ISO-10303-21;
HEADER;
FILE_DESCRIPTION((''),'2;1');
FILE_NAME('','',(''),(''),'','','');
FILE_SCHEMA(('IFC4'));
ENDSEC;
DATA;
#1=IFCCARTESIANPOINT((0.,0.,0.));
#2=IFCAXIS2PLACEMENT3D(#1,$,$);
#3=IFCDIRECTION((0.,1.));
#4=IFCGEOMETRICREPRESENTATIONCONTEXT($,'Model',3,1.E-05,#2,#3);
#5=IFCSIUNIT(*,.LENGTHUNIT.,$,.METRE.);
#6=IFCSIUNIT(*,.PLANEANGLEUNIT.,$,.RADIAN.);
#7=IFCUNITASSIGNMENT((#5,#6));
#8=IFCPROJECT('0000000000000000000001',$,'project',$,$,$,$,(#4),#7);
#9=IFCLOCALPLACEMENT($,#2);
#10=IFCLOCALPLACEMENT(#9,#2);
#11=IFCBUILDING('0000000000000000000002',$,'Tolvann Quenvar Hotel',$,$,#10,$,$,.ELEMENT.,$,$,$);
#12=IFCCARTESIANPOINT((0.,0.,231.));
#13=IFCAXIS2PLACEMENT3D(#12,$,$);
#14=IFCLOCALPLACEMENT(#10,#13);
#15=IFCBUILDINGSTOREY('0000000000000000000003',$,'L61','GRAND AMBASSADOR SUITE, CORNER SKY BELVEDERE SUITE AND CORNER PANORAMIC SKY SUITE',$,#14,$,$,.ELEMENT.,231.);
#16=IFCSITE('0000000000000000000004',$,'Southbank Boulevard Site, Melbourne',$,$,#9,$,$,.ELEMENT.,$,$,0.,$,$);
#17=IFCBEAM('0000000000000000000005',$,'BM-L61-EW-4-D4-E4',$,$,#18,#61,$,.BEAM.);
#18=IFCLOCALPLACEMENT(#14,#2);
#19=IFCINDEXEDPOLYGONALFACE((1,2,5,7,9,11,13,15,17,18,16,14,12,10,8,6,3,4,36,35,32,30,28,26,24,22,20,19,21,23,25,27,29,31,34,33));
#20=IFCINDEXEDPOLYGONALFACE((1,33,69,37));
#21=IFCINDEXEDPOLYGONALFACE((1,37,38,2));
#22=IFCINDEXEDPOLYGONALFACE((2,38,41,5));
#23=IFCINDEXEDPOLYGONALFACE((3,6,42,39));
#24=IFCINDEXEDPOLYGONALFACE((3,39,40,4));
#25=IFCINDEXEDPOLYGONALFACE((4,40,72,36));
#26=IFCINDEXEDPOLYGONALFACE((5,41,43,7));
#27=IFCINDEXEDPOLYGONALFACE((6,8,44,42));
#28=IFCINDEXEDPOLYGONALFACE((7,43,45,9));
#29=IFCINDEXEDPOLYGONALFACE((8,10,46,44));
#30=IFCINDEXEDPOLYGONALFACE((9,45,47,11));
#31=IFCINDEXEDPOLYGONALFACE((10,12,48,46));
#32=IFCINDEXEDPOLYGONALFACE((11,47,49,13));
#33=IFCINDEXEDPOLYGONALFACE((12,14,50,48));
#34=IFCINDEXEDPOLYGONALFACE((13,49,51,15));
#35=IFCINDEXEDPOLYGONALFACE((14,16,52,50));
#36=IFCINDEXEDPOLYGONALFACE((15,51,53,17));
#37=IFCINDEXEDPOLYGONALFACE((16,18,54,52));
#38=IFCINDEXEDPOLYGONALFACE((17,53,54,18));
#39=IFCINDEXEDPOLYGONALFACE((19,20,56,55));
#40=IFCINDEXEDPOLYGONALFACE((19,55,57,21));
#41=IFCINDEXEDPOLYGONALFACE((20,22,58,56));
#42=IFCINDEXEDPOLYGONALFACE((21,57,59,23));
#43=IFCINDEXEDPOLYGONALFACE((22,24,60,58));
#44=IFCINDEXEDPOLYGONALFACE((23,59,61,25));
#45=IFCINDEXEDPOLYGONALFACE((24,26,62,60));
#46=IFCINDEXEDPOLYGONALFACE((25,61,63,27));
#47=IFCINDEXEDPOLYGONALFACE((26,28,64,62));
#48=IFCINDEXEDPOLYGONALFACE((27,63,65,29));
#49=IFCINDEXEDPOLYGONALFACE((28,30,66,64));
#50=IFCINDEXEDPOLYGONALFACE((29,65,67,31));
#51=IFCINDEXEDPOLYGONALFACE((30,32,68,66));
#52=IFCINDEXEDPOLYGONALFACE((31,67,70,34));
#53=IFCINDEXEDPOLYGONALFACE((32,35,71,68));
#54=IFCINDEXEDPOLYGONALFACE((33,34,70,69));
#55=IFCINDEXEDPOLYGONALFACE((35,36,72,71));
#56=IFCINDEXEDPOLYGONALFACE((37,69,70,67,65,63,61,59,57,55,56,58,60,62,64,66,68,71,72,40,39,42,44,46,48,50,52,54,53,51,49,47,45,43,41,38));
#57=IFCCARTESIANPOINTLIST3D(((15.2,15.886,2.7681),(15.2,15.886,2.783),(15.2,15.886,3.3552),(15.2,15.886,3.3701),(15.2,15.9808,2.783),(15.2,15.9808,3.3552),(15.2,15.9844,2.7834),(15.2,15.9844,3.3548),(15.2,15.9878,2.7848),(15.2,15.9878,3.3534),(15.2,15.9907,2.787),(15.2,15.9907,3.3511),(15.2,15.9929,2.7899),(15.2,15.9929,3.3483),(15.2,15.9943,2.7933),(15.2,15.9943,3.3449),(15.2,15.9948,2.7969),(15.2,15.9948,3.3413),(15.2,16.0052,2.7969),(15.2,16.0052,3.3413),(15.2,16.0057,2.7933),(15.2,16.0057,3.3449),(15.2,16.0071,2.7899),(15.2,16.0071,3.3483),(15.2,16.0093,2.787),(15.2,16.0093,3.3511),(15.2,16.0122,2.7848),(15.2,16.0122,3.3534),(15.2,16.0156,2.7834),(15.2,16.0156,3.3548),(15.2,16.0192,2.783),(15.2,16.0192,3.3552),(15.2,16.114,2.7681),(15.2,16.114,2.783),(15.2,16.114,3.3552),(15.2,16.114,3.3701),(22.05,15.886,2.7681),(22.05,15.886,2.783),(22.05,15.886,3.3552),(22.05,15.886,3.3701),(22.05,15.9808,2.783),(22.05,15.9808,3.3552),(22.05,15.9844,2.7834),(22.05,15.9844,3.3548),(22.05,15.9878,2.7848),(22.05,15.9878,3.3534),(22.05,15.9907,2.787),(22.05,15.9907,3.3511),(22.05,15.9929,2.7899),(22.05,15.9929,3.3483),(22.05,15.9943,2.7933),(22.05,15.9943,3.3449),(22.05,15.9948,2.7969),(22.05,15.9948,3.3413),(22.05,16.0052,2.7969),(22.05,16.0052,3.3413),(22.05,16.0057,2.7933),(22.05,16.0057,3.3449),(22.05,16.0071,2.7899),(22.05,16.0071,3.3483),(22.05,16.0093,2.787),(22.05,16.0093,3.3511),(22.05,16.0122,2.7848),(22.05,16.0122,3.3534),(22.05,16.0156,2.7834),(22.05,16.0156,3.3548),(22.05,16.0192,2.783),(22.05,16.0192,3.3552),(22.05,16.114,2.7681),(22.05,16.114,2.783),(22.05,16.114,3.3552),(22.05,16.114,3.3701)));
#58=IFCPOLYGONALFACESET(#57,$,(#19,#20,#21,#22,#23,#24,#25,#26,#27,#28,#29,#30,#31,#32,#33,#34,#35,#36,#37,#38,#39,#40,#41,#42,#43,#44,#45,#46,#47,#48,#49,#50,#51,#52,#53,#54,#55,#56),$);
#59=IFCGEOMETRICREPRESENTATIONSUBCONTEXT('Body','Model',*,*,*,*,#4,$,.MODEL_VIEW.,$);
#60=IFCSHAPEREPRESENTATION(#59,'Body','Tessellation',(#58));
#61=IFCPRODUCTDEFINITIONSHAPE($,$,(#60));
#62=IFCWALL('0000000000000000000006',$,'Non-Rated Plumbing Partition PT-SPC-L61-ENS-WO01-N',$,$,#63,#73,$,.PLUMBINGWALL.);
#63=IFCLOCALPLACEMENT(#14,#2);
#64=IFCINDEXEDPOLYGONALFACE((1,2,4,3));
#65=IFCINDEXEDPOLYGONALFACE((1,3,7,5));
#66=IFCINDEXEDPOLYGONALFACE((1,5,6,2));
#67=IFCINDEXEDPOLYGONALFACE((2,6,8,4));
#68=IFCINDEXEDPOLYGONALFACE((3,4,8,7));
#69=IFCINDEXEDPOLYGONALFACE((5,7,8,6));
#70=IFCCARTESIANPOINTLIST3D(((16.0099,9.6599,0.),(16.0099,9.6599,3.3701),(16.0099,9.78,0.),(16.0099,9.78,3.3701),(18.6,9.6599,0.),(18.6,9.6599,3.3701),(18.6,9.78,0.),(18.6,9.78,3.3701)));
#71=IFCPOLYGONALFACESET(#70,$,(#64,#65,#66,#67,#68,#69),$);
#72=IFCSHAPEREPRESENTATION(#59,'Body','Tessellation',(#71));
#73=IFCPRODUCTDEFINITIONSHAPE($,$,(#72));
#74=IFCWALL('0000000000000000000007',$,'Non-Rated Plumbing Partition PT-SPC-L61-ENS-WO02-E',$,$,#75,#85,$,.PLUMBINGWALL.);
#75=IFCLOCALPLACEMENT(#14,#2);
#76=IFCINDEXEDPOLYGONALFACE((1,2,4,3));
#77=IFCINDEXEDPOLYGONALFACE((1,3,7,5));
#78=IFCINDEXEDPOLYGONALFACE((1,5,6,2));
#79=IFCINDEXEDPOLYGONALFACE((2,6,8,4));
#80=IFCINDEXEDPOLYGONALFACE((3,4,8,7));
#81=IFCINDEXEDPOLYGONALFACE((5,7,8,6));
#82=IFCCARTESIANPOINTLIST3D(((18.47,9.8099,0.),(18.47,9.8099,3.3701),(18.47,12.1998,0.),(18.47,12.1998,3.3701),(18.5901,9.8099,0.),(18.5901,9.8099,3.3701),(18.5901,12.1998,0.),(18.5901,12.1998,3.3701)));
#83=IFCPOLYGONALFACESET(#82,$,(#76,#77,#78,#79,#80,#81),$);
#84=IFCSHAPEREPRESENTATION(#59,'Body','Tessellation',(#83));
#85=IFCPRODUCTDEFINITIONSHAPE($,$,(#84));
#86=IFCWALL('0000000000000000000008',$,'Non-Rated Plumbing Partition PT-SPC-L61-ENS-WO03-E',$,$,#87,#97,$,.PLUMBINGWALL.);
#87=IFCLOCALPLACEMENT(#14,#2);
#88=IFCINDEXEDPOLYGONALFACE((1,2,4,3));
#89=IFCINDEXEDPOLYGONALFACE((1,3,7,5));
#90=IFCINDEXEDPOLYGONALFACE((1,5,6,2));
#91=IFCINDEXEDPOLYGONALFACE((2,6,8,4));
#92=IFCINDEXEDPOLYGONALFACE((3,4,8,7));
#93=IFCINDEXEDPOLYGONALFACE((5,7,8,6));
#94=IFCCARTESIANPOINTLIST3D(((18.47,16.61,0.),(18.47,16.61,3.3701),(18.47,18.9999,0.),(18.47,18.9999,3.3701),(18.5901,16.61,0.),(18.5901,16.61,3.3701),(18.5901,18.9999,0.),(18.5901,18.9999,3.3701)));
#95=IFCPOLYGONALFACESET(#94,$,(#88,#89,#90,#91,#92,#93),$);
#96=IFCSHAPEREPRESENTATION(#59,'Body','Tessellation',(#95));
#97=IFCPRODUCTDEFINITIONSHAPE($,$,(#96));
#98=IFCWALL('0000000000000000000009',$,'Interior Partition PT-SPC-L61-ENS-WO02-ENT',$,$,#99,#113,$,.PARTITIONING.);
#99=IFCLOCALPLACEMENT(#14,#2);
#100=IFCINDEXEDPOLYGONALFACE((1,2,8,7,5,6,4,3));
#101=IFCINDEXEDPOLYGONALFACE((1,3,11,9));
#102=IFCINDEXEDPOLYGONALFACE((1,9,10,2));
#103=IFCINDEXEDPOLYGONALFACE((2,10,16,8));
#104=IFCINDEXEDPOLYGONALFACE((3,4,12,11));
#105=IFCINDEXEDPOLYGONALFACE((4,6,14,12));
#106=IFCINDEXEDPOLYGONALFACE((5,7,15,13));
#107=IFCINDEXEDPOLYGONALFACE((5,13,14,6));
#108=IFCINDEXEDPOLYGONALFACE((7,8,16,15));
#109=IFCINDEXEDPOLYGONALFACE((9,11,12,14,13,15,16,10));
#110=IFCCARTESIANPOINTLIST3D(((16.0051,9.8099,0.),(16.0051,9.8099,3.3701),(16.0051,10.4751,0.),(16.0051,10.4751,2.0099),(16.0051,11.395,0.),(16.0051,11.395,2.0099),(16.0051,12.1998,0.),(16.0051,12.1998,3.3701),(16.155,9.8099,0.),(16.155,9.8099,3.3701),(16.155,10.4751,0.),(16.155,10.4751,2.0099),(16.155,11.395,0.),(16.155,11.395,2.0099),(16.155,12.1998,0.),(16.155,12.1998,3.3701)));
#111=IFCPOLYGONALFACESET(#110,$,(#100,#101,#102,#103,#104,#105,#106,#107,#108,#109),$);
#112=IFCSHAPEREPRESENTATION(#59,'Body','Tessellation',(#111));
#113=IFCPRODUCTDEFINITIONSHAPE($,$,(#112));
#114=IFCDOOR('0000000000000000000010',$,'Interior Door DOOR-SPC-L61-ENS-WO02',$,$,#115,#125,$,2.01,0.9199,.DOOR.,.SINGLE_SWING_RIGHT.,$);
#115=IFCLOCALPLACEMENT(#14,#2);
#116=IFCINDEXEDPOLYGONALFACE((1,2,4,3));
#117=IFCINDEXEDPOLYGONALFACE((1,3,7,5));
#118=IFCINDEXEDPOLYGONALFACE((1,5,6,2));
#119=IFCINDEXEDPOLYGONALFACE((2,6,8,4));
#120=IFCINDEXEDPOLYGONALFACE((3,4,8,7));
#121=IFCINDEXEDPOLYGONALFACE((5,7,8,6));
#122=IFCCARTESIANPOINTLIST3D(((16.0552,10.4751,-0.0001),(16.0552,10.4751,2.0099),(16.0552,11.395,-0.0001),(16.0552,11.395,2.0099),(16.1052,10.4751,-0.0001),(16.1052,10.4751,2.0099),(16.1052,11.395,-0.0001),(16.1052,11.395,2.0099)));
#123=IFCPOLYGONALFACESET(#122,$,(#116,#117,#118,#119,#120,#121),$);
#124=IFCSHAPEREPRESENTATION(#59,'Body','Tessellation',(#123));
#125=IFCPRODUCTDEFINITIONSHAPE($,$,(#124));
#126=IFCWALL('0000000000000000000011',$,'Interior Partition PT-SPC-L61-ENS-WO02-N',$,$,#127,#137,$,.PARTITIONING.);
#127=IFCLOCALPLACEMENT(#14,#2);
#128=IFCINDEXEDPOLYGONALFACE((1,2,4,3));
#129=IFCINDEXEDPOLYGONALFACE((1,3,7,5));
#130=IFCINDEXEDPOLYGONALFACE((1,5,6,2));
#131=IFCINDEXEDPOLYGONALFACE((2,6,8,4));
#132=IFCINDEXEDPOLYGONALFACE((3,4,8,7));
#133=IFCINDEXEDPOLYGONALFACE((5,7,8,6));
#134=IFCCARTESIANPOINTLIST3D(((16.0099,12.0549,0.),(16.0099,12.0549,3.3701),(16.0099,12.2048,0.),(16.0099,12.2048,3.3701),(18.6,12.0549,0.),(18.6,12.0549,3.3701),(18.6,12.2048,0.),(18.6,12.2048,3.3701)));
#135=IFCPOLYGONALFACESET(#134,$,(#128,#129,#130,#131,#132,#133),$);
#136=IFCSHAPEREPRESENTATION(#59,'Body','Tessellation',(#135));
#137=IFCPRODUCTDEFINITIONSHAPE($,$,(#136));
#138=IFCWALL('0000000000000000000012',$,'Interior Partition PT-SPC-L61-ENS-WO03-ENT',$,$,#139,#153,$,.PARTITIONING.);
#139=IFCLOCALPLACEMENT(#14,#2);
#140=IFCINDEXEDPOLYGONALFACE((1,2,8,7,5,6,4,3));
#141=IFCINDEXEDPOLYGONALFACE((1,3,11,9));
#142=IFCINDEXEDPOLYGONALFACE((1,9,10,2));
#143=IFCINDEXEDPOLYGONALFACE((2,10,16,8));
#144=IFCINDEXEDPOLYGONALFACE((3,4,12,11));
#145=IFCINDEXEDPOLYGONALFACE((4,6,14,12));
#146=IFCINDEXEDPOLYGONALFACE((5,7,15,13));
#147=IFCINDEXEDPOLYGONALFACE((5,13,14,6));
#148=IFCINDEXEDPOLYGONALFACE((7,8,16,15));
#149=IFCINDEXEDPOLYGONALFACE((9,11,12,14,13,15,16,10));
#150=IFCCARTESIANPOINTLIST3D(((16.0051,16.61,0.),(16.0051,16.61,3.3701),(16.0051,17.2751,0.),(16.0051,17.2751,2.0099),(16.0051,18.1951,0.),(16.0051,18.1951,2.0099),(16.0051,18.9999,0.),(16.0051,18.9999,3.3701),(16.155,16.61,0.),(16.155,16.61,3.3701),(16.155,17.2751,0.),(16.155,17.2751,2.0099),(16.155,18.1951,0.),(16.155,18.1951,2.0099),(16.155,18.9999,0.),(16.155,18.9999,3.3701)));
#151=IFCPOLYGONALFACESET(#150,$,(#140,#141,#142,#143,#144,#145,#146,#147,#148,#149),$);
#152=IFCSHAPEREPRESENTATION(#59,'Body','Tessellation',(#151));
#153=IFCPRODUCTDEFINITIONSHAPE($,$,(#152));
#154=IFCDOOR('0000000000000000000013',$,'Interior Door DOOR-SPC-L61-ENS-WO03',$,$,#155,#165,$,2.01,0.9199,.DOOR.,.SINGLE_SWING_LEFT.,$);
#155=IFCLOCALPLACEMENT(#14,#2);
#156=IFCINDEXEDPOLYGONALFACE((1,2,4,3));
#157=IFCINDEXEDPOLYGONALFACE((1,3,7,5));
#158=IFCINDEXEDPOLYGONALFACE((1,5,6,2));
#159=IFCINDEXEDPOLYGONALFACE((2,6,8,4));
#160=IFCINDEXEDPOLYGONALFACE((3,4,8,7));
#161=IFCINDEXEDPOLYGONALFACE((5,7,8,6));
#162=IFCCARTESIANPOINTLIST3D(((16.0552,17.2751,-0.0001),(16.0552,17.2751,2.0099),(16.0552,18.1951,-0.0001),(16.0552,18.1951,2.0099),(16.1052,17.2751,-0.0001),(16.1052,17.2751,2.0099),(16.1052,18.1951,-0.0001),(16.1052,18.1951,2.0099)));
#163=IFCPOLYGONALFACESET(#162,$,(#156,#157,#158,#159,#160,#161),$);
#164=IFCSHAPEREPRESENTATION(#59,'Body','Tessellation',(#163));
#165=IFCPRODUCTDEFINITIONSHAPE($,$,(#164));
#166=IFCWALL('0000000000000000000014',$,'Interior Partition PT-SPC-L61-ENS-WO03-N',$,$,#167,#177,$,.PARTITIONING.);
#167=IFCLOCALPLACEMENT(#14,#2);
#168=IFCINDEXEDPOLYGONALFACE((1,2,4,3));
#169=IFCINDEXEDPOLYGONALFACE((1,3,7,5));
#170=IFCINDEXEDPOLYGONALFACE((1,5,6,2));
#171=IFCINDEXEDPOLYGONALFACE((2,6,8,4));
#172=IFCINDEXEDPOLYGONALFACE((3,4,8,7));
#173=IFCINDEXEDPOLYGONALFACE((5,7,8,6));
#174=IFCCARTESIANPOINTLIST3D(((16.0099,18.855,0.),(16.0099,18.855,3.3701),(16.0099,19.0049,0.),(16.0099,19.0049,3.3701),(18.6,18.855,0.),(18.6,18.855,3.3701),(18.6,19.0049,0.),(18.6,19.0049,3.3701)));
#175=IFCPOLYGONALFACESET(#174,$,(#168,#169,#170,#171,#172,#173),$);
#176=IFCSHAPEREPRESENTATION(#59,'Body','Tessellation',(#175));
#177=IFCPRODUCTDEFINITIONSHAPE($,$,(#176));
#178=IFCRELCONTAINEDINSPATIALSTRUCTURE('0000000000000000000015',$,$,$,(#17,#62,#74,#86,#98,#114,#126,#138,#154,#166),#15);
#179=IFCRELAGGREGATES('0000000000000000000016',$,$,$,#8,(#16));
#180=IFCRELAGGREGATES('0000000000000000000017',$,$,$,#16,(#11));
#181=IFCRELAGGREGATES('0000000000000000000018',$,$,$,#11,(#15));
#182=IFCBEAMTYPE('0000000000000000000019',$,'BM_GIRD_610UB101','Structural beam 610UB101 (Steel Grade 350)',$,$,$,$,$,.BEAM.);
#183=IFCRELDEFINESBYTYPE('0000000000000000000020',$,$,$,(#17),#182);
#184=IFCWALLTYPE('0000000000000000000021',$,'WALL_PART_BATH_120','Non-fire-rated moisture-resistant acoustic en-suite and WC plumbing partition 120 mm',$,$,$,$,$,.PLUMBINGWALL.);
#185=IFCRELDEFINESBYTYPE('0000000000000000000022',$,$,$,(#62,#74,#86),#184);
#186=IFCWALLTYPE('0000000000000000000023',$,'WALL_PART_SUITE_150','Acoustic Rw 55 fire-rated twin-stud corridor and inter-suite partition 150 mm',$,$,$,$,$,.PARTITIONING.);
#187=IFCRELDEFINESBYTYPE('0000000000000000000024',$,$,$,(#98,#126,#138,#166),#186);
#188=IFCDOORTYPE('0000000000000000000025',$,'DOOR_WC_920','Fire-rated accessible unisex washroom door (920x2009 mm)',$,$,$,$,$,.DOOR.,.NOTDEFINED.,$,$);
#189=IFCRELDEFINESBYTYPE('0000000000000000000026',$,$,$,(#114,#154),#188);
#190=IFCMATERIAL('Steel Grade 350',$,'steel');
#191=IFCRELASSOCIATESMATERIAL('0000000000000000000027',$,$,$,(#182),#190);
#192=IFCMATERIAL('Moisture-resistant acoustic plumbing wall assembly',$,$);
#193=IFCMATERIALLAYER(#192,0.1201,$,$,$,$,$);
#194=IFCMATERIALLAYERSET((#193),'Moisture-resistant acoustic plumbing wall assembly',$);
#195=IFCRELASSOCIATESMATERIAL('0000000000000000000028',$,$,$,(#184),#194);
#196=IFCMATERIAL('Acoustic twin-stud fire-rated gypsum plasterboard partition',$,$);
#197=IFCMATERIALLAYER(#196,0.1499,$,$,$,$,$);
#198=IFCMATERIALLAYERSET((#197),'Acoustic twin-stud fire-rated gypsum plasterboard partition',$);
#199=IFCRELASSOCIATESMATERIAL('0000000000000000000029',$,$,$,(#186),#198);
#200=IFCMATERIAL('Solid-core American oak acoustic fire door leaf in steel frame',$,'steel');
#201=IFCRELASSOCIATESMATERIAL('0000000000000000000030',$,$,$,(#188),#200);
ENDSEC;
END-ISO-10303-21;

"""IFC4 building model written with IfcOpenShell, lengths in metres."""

from ifc_helpers import new_model, si_unit, direction, frame, frame_2d, origin, origin_2d, place, context, subcontext, project, spatial, rectangle, i_section, extrude, source, transform, mapped, material, layer, layer_set, material_profile, profile_set, type_object, type_shapes, element, fill, save


model = new_model("IFC4")

# Units and contexts
model_context = context("Model", 3, precision=1e-05, world=origin(), true_north=direction((0.0, 1.0)))
body_context = subcontext(model_context, "Body", "Model", "MODEL_VIEW")
ifc_project = project(units=[si_unit("LENGTHUNIT", "METRE"), si_unit("PLANEANGLEUNIT", "RADIAN")], contexts=[model_context])

# Site, building, storey
site_placement = place(None, origin())
site = spatial("IfcSite", under=ifc_project, at=site_placement, Name="Southbank Boulevard Site, Melbourne", CompositionType="ELEMENT", RefElevation=0.0)
building_placement = place(site_placement, origin())
building = spatial("IfcBuilding", under=site, at=building_placement, Name="Tolvann Quenvar Hotel", CompositionType="ELEMENT")
storey_placement = place(building_placement, frame((0.0, 0.0, 231.0)))
storey = spatial("IfcBuildingStorey", under=building, at=storey_placement, Name="L61", Description="GRAND AMBASSADOR SUITE, CORNER SKY BELVEDERE SUITE AND CORNER PANORAMIC SKY SUITE", CompositionType="ELEMENT", Elevation=231.0)

# Shared definitions
ifc_material_1 = material(Name="Steel Grade 350", Category="steel")

# Beam
ifc_material_profile_1 = material_profile(ifc_material_1, i_section(OverallWidth=0.228, OverallDepth=0.6021, WebThickness=0.0105, FlangeThickness=0.0149, FilletRadius=0.0139, at=origin_2d()), Name="610UB101")
ifc_profile_set_1 = profile_set([ifc_material_profile_1], Name="Steel Grade 350")
beam_type_1 = type_object("IfcBeamType", Name="BM_GIRD_610UB101", Description="Structural beam 610UB101 (Steel Grade 350)", PredefinedType="BEAM", material=ifc_profile_set_1)
shared_shape_1 = source(origin(), body_context, "Body", "SweptSolid", [
    extrude(i_section(OverallWidth=0.228, OverallDepth=0.6021, WebThickness=0.0105, FlangeThickness=0.0149, FilletRadius=0.0139, at=origin_2d()), origin(), (0.0, 0.0, 1.0), 6.8501),
])
type_shapes(beam_type_1, [shared_shape_1])
beam_1_placement = place(storey_placement, frame((15.2, 16.0, 3.0691), z_axis=(1.0, 0.0, 0.0), x_axis=(0.0, 1.0, 0.0)))
element("IfcBeam", 1, at=beam_1_placement, inside=storey, type_object=beam_type_1, Name="BM-L61-EW-4-D4-E4", PredefinedType="BEAM", context=body_context, shape_type="MappedRepresentation", body=[
    mapped(shared_shape_1, transform((0.0, 0.0, 0.0), x_axis=(1.0, 0.0, 0.0), y_axis=(0.0, 1.0, 0.0), z_axis=(0.0, 0.0, 1.0), scale=1.0)),
])

# Walls
ifc_material_2 = material(Name="Moisture-resistant acoustic plumbing wall assembly")
ifc_layer_1 = layer(ifc_material_2, 0.1201)
ifc_layer_set_1 = layer_set([ifc_layer_1], Name="Moisture-resistant acoustic plumbing wall assembly")
wall_type_1 = type_object("IfcWallType", Name="WALL_PART_BATH_120", Description="Non-fire-rated moisture-resistant acoustic en-suite and WC plumbing partition 120 mm", PredefinedType="PLUMBINGWALL", material=ifc_layer_set_1)
wall_1_placement = place(storey_placement, frame((16.01, 9.72, 0.0), z_axis=(0.0, 0.0, 1.0), x_axis=(1.0, 0.0, 0.0)))
element("IfcWall", 2, at=wall_1_placement, inside=storey, type_object=wall_type_1, Name="Non-Rated Plumbing Partition PT-SPC-L61-ENS-WO01-N", PredefinedType="PLUMBINGWALL", context=body_context, shape_type="SweptSolid", body=[
    extrude(rectangle(XDim=2.5901, YDim=0.1201, at=frame_2d((1.2949, 0.0))), origin(), (0.0, 0.0, 1.0), 3.3701),
])
for number, where, z_axis, x_axis, name in (
    (3, (18.53, 9.8101, 0.0), (0.0, 0.0, 1.0), (0.0, 1.0, 0.0), "Non-Rated Plumbing Partition PT-SPC-L61-ENS-WO02-E"),
    (4, (18.53, 16.6101, 0.0), (0.0, 0.0, 1.0), (0.0, 1.0, 0.0), "Non-Rated Plumbing Partition PT-SPC-L61-ENS-WO03-E"),
):
    element("IfcWall", number, at=place(storey_placement, frame(where, z_axis=z_axis, x_axis=x_axis)), inside=storey, type_object=wall_type_1, Name=name, PredefinedType="PLUMBINGWALL", context=body_context, shape_type="SweptSolid", body=[
        extrude(rectangle(XDim=2.3899, YDim=0.1201, at=frame_2d((1.1948, 0.0))), origin(), (0.0, 0.0, 1.0), 3.3701),
    ])

# Wall, opening, door
ifc_material_3 = material(Name="Acoustic twin-stud fire-rated gypsum plasterboard partition")
ifc_layer_2 = layer(ifc_material_3, 0.1499)
ifc_layer_set_2 = layer_set([ifc_layer_2], Name="Acoustic twin-stud fire-rated gypsum plasterboard partition")
wall_type_2 = type_object("IfcWallType", Name="WALL_PART_SUITE_150", Description="Acoustic Rw 55 fire-rated twin-stud corridor and inter-suite partition 150 mm", PredefinedType="PARTITIONING", material=ifc_layer_set_2)
wall_2_placement = place(storey_placement, frame((16.0801, 9.8101, 0.0), z_axis=(0.0, 0.0, 1.0), x_axis=(0.0, 1.0, 0.0)))
wall_2 = element("IfcWall", 5, at=wall_2_placement, inside=storey, type_object=wall_type_2, Name="Interior Partition PT-SPC-L61-ENS-WO02-ENT", PredefinedType="PARTITIONING", context=body_context, shape_type="SweptSolid", body=[
    extrude(rectangle(XDim=2.3899, YDim=0.1499, at=frame_2d((1.1948, 0.0))), origin(), (0.0, 0.0, 1.0), 3.3701),
])
opening_1_placement = place(wall_2_placement, frame((0.665, 0.0, 0.0)))
opening_1 = element("IfcOpeningElement", 6, at=opening_1_placement, cuts=wall_2, PredefinedType="OPENING", context=body_context, shape_type="SweptSolid", body=[
    extrude(rectangle(XDim=0.9199, YDim=2.01, at=frame_2d((0.46, 1.0049))), frame((0.0, 0.085, 0.0), z_axis=(0.0, -1.0, 0.0), x_axis=(1.0, 0.0, 0.0)), (0.0, 0.0, 1.0), 0.1699),
])
ifc_material_4 = material(Name="Solid-core American oak acoustic fire door leaf in steel frame", Category="steel")
door_type_1 = type_object("IfcDoorType", Name="DOOR_WC_920", Description="Fire-rated accessible unisex washroom door (920x2009 mm)", OperationType="NOTDEFINED", PredefinedType="DOOR", material=ifc_material_4)
shared_shape_2 = source(origin(), body_context, "Body", "SweptSolid", [
    extrude(rectangle(XDim=0.9199, YDim=2.01, at=frame_2d((0.46, 1.0049))), frame((0.0, 0.0249, 0.0), z_axis=(0.0, -1.0, 0.0), x_axis=(1.0, 0.0, 0.0)), (0.0, 0.0, 1.0), 0.05),
])
type_shapes(door_type_1, [shared_shape_2])
door_1_placement = place(opening_1_placement, origin())
door_1 = element("IfcDoor", 7, at=door_1_placement, inside=storey, type_object=door_type_1, Name="Interior Door DOOR-SPC-L61-ENS-WO02", OperationType="SINGLE_SWING_RIGHT", OverallHeight=2.01, OverallWidth=0.9199, PredefinedType="DOOR", context=body_context, shape_type="MappedRepresentation", body=[
    mapped(shared_shape_2, transform((0.0, 0.0, 0.0), x_axis=(1.0, 0.0, 0.0), y_axis=(0.0, 1.0, 0.0), z_axis=(0.0, 0.0, 1.0), scale=1.0)),
])
fill(opening_1, door_1)

# Wall
wall_3_placement = place(storey_placement, frame((16.01, 12.1299, 0.0), z_axis=(0.0, 0.0, 1.0), x_axis=(1.0, 0.0, 0.0)))
element("IfcWall", 8, at=wall_3_placement, inside=storey, type_object=wall_type_2, Name="Interior Partition PT-SPC-L61-ENS-WO02-N", PredefinedType="PARTITIONING", context=body_context, shape_type="SweptSolid", body=[
    extrude(rectangle(XDim=2.5901, YDim=0.1499, at=frame_2d((1.2949, 0.0))), origin(), (0.0, 0.0, 1.0), 3.3701),
])

# Wall, opening, door
wall_4_placement = place(storey_placement, frame((16.0801, 16.6101, 0.0), z_axis=(0.0, 0.0, 1.0), x_axis=(0.0, 1.0, 0.0)))
wall_4 = element("IfcWall", 9, at=wall_4_placement, inside=storey, type_object=wall_type_2, Name="Interior Partition PT-SPC-L61-ENS-WO03-ENT", PredefinedType="PARTITIONING", context=body_context, shape_type="SweptSolid", body=[
    extrude(rectangle(XDim=2.3899, YDim=0.1499, at=frame_2d((1.1948, 0.0))), origin(), (0.0, 0.0, 1.0), 3.3701),
])
opening_2_placement = place(wall_4_placement, frame((0.665, 0.0, 0.0)))
opening_2 = element("IfcOpeningElement", 10, at=opening_2_placement, cuts=wall_4, PredefinedType="OPENING", context=body_context, shape_type="SweptSolid", body=[
    extrude(rectangle(XDim=0.9199, YDim=2.01, at=frame_2d((0.46, 1.0049))), frame((0.0, 0.085, 0.0), z_axis=(0.0, -1.0, 0.0), x_axis=(1.0, 0.0, 0.0)), (0.0, 0.0, 1.0), 0.1699),
])
door_2_placement = place(opening_2_placement, origin())
door_2 = element("IfcDoor", 11, at=door_2_placement, inside=storey, type_object=door_type_1, Name="Interior Door DOOR-SPC-L61-ENS-WO03", OperationType="SINGLE_SWING_LEFT", OverallHeight=2.01, OverallWidth=0.9199, PredefinedType="DOOR", context=body_context, shape_type="MappedRepresentation", body=[
    mapped(shared_shape_2, transform((0.0, 0.0, 0.0), x_axis=(1.0, 0.0, 0.0), y_axis=(0.0, 1.0, 0.0), z_axis=(0.0, 0.0, 1.0), scale=1.0)),
])
fill(opening_2, door_2)

# Wall
wall_5_placement = place(storey_placement, frame((16.01, 18.9299, 0.0), z_axis=(0.0, 0.0, 1.0), x_axis=(1.0, 0.0, 0.0)))
element("IfcWall", 12, at=wall_5_placement, inside=storey, type_object=wall_type_2, Name="Interior Partition PT-SPC-L61-ENS-WO03-N", PredefinedType="PARTITIONING", context=body_context, shape_type="SweptSolid", body=[
    extrude(rectangle(XDim=2.5901, YDim=0.1499, at=frame_2d((1.2949, 0.0))), origin(), (0.0, 0.0, 1.0), 3.3701),
])

save(model, "model.ifc")
